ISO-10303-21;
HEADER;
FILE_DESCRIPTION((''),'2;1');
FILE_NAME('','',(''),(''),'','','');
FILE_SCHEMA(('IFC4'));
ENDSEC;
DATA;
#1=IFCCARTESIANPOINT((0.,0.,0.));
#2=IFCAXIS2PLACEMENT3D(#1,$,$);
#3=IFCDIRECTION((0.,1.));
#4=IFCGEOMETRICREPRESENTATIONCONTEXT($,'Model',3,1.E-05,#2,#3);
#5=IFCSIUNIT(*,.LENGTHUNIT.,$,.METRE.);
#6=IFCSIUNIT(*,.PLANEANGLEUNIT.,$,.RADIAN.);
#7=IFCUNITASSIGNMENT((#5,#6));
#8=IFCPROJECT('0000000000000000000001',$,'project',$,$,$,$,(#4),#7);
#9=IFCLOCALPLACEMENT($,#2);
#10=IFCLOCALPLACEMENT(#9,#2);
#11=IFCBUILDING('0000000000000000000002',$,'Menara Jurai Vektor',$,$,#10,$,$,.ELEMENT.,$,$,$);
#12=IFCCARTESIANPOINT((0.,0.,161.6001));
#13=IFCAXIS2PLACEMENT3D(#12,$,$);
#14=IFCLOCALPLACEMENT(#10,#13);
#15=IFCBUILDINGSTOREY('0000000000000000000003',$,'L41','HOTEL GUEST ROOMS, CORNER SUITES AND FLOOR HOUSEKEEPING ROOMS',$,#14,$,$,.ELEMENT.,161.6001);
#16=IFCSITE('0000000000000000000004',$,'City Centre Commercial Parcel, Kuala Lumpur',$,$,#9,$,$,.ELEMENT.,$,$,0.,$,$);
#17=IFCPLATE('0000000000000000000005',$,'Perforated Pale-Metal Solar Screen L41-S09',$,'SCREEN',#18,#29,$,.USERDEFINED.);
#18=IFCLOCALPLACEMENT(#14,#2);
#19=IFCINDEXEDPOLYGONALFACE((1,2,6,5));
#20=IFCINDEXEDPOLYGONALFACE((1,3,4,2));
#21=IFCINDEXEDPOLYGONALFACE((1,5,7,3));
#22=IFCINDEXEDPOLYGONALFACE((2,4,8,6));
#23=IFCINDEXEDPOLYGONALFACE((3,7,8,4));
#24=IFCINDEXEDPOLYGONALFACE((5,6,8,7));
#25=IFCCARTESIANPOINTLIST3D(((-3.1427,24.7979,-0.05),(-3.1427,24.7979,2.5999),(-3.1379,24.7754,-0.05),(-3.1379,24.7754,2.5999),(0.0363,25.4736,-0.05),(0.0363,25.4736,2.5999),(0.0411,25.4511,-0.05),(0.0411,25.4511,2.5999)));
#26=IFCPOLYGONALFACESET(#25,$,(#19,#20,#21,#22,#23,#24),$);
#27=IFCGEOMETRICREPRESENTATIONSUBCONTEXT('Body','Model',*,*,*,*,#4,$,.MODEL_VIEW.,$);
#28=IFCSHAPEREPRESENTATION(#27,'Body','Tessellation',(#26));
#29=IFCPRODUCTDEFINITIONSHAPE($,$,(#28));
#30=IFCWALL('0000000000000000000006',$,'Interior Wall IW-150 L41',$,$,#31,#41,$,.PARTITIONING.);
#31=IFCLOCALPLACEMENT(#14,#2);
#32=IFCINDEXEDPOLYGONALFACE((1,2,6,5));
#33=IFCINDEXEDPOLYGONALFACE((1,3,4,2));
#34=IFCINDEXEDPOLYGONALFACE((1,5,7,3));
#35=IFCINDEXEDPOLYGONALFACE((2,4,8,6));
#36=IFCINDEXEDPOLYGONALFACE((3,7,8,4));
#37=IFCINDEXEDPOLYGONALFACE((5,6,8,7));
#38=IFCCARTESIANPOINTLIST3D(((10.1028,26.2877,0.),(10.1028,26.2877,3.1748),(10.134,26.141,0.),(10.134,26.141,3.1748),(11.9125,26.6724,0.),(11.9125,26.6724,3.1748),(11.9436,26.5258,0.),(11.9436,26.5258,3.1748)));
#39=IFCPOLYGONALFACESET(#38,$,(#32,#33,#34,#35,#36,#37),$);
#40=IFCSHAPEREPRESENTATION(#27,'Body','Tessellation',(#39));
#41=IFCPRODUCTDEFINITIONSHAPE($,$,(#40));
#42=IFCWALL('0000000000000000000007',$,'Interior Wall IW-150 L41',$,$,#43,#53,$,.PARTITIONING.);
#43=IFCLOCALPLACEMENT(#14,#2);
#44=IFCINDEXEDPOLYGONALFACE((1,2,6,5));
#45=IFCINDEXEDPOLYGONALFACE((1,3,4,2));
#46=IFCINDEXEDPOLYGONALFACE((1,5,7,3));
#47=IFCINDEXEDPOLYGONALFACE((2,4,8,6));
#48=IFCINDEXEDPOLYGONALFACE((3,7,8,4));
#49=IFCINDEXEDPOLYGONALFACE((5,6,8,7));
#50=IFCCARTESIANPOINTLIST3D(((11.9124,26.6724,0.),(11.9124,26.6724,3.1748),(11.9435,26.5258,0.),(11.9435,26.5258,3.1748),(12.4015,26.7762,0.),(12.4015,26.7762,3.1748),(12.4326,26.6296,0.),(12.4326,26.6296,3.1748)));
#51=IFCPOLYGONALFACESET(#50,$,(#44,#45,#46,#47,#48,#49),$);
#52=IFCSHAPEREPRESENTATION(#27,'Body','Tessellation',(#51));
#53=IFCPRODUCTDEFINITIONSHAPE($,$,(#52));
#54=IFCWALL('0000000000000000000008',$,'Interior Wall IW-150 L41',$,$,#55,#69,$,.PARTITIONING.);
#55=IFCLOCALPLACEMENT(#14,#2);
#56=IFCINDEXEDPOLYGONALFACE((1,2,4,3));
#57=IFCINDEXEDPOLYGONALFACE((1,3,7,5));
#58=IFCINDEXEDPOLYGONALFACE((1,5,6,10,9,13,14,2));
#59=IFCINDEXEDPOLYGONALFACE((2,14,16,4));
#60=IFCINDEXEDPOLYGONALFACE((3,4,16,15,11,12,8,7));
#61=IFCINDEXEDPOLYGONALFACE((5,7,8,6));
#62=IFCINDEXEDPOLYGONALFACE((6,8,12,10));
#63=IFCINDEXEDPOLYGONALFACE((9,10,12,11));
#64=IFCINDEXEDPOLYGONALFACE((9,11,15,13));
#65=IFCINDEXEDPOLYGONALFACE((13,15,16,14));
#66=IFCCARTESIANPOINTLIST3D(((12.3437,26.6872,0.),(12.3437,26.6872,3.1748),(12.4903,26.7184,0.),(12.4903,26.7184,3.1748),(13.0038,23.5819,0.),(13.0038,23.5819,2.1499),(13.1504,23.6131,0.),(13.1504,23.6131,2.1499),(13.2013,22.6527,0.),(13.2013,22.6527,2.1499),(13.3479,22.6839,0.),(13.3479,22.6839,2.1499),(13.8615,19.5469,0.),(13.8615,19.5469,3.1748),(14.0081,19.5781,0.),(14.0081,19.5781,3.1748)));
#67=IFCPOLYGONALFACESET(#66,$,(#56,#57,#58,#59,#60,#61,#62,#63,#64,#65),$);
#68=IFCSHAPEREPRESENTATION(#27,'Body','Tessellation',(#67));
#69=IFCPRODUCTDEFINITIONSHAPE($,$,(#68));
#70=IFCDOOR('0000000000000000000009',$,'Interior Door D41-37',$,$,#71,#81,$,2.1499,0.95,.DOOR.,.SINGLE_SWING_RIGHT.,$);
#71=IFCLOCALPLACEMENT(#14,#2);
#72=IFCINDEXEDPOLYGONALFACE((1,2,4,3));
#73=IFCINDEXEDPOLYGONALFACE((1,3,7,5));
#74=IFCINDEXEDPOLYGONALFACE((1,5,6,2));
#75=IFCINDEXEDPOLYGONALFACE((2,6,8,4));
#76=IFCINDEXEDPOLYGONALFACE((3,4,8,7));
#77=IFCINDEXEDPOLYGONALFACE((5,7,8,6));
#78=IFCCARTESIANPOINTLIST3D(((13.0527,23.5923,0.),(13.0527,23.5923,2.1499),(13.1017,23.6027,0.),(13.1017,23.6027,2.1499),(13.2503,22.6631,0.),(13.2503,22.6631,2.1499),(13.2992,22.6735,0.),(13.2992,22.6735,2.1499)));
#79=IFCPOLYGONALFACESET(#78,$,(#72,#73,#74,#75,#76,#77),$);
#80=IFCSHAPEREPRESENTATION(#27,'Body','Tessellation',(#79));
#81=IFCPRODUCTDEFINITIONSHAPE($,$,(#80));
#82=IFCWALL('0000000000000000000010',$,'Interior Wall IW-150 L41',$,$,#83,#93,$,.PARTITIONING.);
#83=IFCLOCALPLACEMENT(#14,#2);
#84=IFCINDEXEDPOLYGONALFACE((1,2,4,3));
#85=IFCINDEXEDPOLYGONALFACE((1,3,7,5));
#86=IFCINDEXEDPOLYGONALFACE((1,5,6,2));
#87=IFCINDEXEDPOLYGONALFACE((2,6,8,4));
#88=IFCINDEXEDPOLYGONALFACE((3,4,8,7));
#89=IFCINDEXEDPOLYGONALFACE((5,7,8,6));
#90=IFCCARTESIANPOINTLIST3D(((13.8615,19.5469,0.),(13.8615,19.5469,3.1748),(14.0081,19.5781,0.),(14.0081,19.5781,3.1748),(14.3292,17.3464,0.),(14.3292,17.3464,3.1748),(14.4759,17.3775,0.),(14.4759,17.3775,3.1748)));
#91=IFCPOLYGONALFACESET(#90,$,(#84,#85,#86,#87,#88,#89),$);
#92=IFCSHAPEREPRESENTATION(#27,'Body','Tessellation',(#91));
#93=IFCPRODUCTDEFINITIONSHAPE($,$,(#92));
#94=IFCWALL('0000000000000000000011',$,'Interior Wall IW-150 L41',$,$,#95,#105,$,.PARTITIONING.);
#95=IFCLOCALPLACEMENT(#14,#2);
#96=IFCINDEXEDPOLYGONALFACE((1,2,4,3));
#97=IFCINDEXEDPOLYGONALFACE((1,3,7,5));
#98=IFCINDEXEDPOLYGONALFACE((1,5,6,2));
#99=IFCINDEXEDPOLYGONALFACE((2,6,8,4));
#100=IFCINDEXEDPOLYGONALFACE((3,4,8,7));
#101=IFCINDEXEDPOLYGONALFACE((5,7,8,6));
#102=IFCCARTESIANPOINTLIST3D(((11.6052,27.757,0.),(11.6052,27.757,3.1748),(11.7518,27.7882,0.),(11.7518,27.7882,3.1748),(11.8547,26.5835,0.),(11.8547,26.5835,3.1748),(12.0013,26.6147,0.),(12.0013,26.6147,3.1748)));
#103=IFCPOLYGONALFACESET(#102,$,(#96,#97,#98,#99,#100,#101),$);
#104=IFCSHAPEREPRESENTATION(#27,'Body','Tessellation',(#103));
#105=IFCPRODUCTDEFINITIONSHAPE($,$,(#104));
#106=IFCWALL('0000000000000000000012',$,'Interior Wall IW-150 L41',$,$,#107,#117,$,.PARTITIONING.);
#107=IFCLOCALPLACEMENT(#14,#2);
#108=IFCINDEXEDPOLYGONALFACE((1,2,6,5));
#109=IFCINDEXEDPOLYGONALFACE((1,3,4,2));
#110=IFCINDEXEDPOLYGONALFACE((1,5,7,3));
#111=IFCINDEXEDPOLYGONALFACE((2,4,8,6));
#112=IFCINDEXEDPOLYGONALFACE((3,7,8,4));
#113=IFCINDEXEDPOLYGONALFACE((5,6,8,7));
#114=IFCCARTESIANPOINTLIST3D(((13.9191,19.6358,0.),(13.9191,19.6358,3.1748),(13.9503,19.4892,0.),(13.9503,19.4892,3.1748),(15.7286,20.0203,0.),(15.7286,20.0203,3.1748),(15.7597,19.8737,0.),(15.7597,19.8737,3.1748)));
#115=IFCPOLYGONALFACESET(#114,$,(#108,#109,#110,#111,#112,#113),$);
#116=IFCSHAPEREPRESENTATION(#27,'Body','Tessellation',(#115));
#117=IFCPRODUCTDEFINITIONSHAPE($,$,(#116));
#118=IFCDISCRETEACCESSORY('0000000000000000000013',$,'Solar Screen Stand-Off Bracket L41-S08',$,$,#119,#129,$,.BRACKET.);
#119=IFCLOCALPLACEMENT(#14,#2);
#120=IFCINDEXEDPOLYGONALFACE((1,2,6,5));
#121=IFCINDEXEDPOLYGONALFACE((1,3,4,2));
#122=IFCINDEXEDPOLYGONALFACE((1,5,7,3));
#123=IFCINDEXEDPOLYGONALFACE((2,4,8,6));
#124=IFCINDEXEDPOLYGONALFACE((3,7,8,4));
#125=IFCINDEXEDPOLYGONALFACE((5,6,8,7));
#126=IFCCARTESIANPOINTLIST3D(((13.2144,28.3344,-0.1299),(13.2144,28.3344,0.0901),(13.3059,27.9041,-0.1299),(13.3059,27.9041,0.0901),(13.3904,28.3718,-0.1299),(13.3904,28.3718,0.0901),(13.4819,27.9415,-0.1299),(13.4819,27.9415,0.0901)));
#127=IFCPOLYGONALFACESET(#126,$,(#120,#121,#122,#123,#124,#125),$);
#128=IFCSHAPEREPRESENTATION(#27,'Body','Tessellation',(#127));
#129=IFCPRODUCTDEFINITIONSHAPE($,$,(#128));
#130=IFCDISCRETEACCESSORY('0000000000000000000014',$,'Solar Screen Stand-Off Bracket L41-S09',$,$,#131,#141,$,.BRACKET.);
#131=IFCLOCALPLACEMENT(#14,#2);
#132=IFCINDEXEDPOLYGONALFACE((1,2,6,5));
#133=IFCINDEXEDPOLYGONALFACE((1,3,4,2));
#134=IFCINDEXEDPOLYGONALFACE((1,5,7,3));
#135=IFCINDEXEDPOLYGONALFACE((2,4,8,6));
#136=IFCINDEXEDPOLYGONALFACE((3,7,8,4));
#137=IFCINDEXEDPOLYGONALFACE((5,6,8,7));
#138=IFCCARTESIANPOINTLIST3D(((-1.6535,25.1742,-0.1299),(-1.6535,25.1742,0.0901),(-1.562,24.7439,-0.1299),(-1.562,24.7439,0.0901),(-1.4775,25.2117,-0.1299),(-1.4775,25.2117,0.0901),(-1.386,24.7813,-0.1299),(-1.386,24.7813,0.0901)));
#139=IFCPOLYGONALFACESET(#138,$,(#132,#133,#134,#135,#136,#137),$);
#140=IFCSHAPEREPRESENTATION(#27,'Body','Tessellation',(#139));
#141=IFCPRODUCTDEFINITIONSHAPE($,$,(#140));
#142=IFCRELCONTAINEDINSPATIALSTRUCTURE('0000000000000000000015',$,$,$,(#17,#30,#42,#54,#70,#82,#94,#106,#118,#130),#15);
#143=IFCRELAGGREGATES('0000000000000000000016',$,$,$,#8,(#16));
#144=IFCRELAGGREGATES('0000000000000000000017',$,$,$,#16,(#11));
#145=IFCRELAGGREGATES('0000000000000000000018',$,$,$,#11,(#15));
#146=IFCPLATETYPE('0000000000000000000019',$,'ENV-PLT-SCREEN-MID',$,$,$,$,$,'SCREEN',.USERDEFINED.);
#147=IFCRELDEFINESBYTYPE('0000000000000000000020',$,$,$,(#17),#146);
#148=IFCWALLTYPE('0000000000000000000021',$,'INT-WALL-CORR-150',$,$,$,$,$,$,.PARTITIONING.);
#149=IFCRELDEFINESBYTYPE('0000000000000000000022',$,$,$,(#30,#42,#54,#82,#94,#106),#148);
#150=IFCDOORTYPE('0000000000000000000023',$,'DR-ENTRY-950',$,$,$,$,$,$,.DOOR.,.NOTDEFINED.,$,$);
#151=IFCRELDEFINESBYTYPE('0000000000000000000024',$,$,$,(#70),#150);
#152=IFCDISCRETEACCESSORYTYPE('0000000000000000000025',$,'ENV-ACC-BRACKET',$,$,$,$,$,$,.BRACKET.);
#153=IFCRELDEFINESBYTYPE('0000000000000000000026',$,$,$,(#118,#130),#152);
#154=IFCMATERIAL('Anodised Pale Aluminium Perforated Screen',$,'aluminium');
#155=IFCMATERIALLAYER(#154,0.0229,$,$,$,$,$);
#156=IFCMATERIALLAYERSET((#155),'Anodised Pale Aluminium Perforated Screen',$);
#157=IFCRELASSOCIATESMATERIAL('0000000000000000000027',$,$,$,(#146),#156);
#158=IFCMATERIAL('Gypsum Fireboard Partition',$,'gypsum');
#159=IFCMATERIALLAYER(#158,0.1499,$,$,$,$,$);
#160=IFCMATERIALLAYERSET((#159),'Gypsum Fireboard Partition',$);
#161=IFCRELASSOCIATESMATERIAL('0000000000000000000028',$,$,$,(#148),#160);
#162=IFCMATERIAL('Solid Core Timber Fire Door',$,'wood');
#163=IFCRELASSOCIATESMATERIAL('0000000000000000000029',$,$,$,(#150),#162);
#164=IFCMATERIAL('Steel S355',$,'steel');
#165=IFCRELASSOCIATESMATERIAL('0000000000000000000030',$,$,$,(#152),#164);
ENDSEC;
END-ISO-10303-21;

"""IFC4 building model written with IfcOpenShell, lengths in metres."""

from ifc_helpers import new_model, si_unit, direction, frame, frame_2d, origin, origin_2d, place, context, subcontext, project, spatial, rectangle, extrude, material, layer, layer_set, type_object, element, fill, save


model = new_model("IFC4")

# Units and contexts
model_context = context("Model", 3, precision=1e-05, world=origin(), true_north=direction((0.0, 1.0)))
body_context = subcontext(model_context, "Body", "Model", "MODEL_VIEW")
ifc_project = project(units=[si_unit("LENGTHUNIT", "METRE"), si_unit("PLANEANGLEUNIT", "RADIAN")], contexts=[model_context])

# Site, building, storey
site_placement = place(None, origin())
site = spatial("IfcSite", under=ifc_project, at=site_placement, Name="City Centre Commercial Parcel, Kuala Lumpur", CompositionType="ELEMENT", RefElevation=0.0)
building_placement = place(site_placement, origin())
building = spatial("IfcBuilding", under=site, at=building_placement, Name="Menara Jurai Vektor", CompositionType="ELEMENT")
storey_placement = place(building_placement, frame((0.0, 0.0, 161.6001)))
storey = spatial("IfcBuildingStorey", under=building, at=storey_placement, Name="L41", Description="HOTEL GUEST ROOMS, CORNER SUITES AND FLOOR HOUSEKEEPING ROOMS", CompositionType="ELEMENT", Elevation=161.6001)

# Shared definitions
ifc_material_1 = material(Name="Steel S355", Category="steel")

# Plate
ifc_material_2 = material(Name="Anodised Pale Aluminium Perforated Screen", Category="aluminium")
ifc_layer_1 = layer(ifc_material_2, 0.0229)
ifc_layer_set_1 = layer_set([ifc_layer_1], Name="Anodised Pale Aluminium Perforated Screen")
plate_type_1 = type_object("IfcPlateType", Name="ENV-PLT-SCREEN-MID", ElementType="SCREEN", PredefinedType="USERDEFINED", material=ifc_layer_set_1)
for number, where, z_axis, x_axis, name in (
    (1, (-1.5508, 25.1245, -0.05), (0.0, 0.0, 1.0), (-0.978148, -0.207912, 0.0), "Perforated Pale-Metal Solar Screen L41-S09"),
):
    element("IfcPlate", number, at=place(storey_placement, frame(where, z_axis=z_axis, x_axis=x_axis)), inside=storey, type_object=plate_type_1, Name=name, ObjectType="SCREEN", PredefinedType="USERDEFINED", context=body_context, shape_type="SweptSolid", body=[
        extrude(rectangle(XDim=3.25, YDim=0.0229, at=origin_2d()), origin(), (0.0, 0.0, 1.0), 2.6499),
    ])

# Walls
ifc_material_3 = material(Name="Gypsum Fireboard Partition", Category="gypsum")
ifc_layer_2 = layer(ifc_material_3, 0.1499)
ifc_layer_set_2 = layer_set([ifc_layer_2], Name="Gypsum Fireboard Partition")
wall_type = type_object("IfcWallType", Name="INT-WALL-CORR-150", PredefinedType="PARTITIONING", material=ifc_layer_set_2)
wall_1_placement = place(storey_placement, frame((10.1184, 26.2144, 0.0), z_axis=(0.0, 0.0, 1.0), x_axis=(0.978133, 0.207979, 0.0)))
element("IfcWall", 2, at=wall_1_placement, inside=storey, type_object=wall_type, Name="Interior Wall IW-150 L41", PredefinedType="PARTITIONING", context=body_context, shape_type="SweptSolid", body=[
    extrude(rectangle(XDim=1.8501, YDim=0.1499, at=frame_2d((0.925, 0.0))), origin(), (0.0, 0.0, 1.0), 3.1748),
])
wall_2_placement = place(storey_placement, frame((11.928, 26.5991, 0.0), z_axis=(0.0, 0.0, 1.0), x_axis=(0.978222, 0.207561, 0.0)))
element("IfcWall", 3, at=wall_2_placement, inside=storey, type_object=wall_type, Name="Interior Wall IW-150 L41", PredefinedType="PARTITIONING", context=body_context, shape_type="SweptSolid", body=[
    extrude(rectangle(XDim=0.5, YDim=0.1499, at=frame_2d((0.25, 0.0))), origin(), (0.0, 0.0, 1.0), 3.1748),
])

# Wall, opening, door
wall_3_placement = place(storey_placement, frame((13.9348, 19.5625, 0.0), z_axis=(0.0, 0.0, 1.0), x_axis=(-0.207923, 0.978145, 0.0)))
wall_3 = element("IfcWall", 4, at=wall_3_placement, inside=storey, type_object=wall_type, Name="Interior Wall IW-150 L41", PredefinedType="PARTITIONING", context=body_context, shape_type="SweptSolid", body=[
    extrude(rectangle(XDim=7.2998, YDim=0.1499, at=frame_2d((3.6499, 0.0))), origin(), (0.0, 0.0, 1.0), 3.1748),
])
opening_placement = place(wall_3_placement, frame((3.175, 0.0, 0.0)))
opening = element("IfcOpeningElement", 5, at=opening_placement, cuts=wall_3, PredefinedType="OPENING", context=body_context, shape_type="SweptSolid", body=[
    extrude(rectangle(XDim=0.95, YDim=2.1499, at=frame_2d((0.4751, 1.075))), frame((0.0, 0.085, 0.0), z_axis=(0.0, -1.0, 0.0), x_axis=(1.0, 0.0, 0.0)), (0.0, 0.0, 1.0), 0.1699),
])
ifc_material_4 = material(Name="Solid Core Timber Fire Door", Category="wood")
door_type = type_object("IfcDoorType", Name="DR-ENTRY-950", OperationType="NOTDEFINED", PredefinedType="DOOR", material=ifc_material_4)
door_placement = place(opening_placement, origin())
door = element("IfcDoor", 6, at=door_placement, inside=storey, type_object=door_type, Name="Interior Door D41-37", OperationType="SINGLE_SWING_RIGHT", OverallHeight=2.1499, OverallWidth=0.95, PredefinedType="DOOR", context=body_context, shape_type="SweptSolid", body=[
    extrude(rectangle(XDim=0.95, YDim=2.1499, at=frame_2d((0.4751, 1.075))), frame((0.0, 0.0249, 0.0), z_axis=(0.0, -1.0, 0.0), x_axis=(1.0, 0.0, 0.0)), (0.0, 0.0, 1.0), 0.05),
])
fill(opening, door)

# Walls
wall_4_placement = place(storey_placement, frame((14.4026, 17.3618, 0.0), z_axis=(0.0, 0.0, 1.0), x_axis=(-0.207913, 0.978147, 0.0)))
element("IfcWall", 7, at=wall_4_placement, inside=storey, type_object=wall_type, Name="Interior Wall IW-150 L41", PredefinedType="PARTITIONING", context=body_context, shape_type="SweptSolid", body=[
    extrude(rectangle(XDim=2.2498, YDim=0.1499, at=frame_2d((1.125, 0.0))), origin(), (0.0, 0.0, 1.0), 3.1748),
])
wall_5_placement = place(storey_placement, frame((11.928, 26.5991, 0.0), z_axis=(0.0, 0.0, 1.0), x_axis=(-0.207959, 0.978138, 0.0)))
element("IfcWall", 8, at=wall_5_placement, inside=storey, type_object=wall_type, Name="Interior Wall IW-150 L41", PredefinedType="PARTITIONING", context=body_context, shape_type="SweptSolid", body=[
    extrude(rectangle(XDim=1.1997, YDim=0.1499, at=frame_2d((0.5999, 0.0))), origin(), (0.0, 0.0, 1.0), 3.1748),
])
wall_6_placement = place(storey_placement, frame((13.9348, 19.5625, 0.0), z_axis=(0.0, 0.0, 1.0), x_axis=(0.97816, 0.207852, 0.0)))
element("IfcWall", 9, at=wall_6_placement, inside=storey, type_object=wall_type, Name="Interior Wall IW-150 L41", PredefinedType="PARTITIONING", context=body_context, shape_type="SweptSolid", body=[
    extrude(rectangle(XDim=1.8499, YDim=0.1499, at=frame_2d((0.9248, 0.0))), origin(), (0.0, 0.0, 1.0), 3.1748),
])

# Discrete accessories
discrete_accessory_type = type_object("IfcDiscreteAccessoryType", Name="ENV-ACC-BRACKET", PredefinedType="BRACKET", material=ifc_material_1)
for number, where, z_axis, x_axis, name in (
    (10, (13.3481, 28.1379, -0.1299), (0.0, 0.0, 1.0), (-0.978148, -0.207912, 0.0), "Solar Screen Stand-Off Bracket L41-S08"),
    (11, (-1.5198, 24.9778, -0.1299), (0.0, 0.0, 1.0), (-0.978148, -0.207912, 0.0), "Solar Screen Stand-Off Bracket L41-S09"),
):
    element("IfcDiscreteAccessory", number, at=place(storey_placement, frame(where, z_axis=z_axis, x_axis=x_axis)), inside=storey, type_object=discrete_accessory_type, Name=name, PredefinedType="BRACKET", context=body_context, shape_type="SweptSolid", body=[
        extrude(rectangle(XDim=0.1799, YDim=0.4399, at=origin_2d()), origin(), (0.0, 0.0, 1.0), 0.22),
    ])

save(model, "model.ifc")
